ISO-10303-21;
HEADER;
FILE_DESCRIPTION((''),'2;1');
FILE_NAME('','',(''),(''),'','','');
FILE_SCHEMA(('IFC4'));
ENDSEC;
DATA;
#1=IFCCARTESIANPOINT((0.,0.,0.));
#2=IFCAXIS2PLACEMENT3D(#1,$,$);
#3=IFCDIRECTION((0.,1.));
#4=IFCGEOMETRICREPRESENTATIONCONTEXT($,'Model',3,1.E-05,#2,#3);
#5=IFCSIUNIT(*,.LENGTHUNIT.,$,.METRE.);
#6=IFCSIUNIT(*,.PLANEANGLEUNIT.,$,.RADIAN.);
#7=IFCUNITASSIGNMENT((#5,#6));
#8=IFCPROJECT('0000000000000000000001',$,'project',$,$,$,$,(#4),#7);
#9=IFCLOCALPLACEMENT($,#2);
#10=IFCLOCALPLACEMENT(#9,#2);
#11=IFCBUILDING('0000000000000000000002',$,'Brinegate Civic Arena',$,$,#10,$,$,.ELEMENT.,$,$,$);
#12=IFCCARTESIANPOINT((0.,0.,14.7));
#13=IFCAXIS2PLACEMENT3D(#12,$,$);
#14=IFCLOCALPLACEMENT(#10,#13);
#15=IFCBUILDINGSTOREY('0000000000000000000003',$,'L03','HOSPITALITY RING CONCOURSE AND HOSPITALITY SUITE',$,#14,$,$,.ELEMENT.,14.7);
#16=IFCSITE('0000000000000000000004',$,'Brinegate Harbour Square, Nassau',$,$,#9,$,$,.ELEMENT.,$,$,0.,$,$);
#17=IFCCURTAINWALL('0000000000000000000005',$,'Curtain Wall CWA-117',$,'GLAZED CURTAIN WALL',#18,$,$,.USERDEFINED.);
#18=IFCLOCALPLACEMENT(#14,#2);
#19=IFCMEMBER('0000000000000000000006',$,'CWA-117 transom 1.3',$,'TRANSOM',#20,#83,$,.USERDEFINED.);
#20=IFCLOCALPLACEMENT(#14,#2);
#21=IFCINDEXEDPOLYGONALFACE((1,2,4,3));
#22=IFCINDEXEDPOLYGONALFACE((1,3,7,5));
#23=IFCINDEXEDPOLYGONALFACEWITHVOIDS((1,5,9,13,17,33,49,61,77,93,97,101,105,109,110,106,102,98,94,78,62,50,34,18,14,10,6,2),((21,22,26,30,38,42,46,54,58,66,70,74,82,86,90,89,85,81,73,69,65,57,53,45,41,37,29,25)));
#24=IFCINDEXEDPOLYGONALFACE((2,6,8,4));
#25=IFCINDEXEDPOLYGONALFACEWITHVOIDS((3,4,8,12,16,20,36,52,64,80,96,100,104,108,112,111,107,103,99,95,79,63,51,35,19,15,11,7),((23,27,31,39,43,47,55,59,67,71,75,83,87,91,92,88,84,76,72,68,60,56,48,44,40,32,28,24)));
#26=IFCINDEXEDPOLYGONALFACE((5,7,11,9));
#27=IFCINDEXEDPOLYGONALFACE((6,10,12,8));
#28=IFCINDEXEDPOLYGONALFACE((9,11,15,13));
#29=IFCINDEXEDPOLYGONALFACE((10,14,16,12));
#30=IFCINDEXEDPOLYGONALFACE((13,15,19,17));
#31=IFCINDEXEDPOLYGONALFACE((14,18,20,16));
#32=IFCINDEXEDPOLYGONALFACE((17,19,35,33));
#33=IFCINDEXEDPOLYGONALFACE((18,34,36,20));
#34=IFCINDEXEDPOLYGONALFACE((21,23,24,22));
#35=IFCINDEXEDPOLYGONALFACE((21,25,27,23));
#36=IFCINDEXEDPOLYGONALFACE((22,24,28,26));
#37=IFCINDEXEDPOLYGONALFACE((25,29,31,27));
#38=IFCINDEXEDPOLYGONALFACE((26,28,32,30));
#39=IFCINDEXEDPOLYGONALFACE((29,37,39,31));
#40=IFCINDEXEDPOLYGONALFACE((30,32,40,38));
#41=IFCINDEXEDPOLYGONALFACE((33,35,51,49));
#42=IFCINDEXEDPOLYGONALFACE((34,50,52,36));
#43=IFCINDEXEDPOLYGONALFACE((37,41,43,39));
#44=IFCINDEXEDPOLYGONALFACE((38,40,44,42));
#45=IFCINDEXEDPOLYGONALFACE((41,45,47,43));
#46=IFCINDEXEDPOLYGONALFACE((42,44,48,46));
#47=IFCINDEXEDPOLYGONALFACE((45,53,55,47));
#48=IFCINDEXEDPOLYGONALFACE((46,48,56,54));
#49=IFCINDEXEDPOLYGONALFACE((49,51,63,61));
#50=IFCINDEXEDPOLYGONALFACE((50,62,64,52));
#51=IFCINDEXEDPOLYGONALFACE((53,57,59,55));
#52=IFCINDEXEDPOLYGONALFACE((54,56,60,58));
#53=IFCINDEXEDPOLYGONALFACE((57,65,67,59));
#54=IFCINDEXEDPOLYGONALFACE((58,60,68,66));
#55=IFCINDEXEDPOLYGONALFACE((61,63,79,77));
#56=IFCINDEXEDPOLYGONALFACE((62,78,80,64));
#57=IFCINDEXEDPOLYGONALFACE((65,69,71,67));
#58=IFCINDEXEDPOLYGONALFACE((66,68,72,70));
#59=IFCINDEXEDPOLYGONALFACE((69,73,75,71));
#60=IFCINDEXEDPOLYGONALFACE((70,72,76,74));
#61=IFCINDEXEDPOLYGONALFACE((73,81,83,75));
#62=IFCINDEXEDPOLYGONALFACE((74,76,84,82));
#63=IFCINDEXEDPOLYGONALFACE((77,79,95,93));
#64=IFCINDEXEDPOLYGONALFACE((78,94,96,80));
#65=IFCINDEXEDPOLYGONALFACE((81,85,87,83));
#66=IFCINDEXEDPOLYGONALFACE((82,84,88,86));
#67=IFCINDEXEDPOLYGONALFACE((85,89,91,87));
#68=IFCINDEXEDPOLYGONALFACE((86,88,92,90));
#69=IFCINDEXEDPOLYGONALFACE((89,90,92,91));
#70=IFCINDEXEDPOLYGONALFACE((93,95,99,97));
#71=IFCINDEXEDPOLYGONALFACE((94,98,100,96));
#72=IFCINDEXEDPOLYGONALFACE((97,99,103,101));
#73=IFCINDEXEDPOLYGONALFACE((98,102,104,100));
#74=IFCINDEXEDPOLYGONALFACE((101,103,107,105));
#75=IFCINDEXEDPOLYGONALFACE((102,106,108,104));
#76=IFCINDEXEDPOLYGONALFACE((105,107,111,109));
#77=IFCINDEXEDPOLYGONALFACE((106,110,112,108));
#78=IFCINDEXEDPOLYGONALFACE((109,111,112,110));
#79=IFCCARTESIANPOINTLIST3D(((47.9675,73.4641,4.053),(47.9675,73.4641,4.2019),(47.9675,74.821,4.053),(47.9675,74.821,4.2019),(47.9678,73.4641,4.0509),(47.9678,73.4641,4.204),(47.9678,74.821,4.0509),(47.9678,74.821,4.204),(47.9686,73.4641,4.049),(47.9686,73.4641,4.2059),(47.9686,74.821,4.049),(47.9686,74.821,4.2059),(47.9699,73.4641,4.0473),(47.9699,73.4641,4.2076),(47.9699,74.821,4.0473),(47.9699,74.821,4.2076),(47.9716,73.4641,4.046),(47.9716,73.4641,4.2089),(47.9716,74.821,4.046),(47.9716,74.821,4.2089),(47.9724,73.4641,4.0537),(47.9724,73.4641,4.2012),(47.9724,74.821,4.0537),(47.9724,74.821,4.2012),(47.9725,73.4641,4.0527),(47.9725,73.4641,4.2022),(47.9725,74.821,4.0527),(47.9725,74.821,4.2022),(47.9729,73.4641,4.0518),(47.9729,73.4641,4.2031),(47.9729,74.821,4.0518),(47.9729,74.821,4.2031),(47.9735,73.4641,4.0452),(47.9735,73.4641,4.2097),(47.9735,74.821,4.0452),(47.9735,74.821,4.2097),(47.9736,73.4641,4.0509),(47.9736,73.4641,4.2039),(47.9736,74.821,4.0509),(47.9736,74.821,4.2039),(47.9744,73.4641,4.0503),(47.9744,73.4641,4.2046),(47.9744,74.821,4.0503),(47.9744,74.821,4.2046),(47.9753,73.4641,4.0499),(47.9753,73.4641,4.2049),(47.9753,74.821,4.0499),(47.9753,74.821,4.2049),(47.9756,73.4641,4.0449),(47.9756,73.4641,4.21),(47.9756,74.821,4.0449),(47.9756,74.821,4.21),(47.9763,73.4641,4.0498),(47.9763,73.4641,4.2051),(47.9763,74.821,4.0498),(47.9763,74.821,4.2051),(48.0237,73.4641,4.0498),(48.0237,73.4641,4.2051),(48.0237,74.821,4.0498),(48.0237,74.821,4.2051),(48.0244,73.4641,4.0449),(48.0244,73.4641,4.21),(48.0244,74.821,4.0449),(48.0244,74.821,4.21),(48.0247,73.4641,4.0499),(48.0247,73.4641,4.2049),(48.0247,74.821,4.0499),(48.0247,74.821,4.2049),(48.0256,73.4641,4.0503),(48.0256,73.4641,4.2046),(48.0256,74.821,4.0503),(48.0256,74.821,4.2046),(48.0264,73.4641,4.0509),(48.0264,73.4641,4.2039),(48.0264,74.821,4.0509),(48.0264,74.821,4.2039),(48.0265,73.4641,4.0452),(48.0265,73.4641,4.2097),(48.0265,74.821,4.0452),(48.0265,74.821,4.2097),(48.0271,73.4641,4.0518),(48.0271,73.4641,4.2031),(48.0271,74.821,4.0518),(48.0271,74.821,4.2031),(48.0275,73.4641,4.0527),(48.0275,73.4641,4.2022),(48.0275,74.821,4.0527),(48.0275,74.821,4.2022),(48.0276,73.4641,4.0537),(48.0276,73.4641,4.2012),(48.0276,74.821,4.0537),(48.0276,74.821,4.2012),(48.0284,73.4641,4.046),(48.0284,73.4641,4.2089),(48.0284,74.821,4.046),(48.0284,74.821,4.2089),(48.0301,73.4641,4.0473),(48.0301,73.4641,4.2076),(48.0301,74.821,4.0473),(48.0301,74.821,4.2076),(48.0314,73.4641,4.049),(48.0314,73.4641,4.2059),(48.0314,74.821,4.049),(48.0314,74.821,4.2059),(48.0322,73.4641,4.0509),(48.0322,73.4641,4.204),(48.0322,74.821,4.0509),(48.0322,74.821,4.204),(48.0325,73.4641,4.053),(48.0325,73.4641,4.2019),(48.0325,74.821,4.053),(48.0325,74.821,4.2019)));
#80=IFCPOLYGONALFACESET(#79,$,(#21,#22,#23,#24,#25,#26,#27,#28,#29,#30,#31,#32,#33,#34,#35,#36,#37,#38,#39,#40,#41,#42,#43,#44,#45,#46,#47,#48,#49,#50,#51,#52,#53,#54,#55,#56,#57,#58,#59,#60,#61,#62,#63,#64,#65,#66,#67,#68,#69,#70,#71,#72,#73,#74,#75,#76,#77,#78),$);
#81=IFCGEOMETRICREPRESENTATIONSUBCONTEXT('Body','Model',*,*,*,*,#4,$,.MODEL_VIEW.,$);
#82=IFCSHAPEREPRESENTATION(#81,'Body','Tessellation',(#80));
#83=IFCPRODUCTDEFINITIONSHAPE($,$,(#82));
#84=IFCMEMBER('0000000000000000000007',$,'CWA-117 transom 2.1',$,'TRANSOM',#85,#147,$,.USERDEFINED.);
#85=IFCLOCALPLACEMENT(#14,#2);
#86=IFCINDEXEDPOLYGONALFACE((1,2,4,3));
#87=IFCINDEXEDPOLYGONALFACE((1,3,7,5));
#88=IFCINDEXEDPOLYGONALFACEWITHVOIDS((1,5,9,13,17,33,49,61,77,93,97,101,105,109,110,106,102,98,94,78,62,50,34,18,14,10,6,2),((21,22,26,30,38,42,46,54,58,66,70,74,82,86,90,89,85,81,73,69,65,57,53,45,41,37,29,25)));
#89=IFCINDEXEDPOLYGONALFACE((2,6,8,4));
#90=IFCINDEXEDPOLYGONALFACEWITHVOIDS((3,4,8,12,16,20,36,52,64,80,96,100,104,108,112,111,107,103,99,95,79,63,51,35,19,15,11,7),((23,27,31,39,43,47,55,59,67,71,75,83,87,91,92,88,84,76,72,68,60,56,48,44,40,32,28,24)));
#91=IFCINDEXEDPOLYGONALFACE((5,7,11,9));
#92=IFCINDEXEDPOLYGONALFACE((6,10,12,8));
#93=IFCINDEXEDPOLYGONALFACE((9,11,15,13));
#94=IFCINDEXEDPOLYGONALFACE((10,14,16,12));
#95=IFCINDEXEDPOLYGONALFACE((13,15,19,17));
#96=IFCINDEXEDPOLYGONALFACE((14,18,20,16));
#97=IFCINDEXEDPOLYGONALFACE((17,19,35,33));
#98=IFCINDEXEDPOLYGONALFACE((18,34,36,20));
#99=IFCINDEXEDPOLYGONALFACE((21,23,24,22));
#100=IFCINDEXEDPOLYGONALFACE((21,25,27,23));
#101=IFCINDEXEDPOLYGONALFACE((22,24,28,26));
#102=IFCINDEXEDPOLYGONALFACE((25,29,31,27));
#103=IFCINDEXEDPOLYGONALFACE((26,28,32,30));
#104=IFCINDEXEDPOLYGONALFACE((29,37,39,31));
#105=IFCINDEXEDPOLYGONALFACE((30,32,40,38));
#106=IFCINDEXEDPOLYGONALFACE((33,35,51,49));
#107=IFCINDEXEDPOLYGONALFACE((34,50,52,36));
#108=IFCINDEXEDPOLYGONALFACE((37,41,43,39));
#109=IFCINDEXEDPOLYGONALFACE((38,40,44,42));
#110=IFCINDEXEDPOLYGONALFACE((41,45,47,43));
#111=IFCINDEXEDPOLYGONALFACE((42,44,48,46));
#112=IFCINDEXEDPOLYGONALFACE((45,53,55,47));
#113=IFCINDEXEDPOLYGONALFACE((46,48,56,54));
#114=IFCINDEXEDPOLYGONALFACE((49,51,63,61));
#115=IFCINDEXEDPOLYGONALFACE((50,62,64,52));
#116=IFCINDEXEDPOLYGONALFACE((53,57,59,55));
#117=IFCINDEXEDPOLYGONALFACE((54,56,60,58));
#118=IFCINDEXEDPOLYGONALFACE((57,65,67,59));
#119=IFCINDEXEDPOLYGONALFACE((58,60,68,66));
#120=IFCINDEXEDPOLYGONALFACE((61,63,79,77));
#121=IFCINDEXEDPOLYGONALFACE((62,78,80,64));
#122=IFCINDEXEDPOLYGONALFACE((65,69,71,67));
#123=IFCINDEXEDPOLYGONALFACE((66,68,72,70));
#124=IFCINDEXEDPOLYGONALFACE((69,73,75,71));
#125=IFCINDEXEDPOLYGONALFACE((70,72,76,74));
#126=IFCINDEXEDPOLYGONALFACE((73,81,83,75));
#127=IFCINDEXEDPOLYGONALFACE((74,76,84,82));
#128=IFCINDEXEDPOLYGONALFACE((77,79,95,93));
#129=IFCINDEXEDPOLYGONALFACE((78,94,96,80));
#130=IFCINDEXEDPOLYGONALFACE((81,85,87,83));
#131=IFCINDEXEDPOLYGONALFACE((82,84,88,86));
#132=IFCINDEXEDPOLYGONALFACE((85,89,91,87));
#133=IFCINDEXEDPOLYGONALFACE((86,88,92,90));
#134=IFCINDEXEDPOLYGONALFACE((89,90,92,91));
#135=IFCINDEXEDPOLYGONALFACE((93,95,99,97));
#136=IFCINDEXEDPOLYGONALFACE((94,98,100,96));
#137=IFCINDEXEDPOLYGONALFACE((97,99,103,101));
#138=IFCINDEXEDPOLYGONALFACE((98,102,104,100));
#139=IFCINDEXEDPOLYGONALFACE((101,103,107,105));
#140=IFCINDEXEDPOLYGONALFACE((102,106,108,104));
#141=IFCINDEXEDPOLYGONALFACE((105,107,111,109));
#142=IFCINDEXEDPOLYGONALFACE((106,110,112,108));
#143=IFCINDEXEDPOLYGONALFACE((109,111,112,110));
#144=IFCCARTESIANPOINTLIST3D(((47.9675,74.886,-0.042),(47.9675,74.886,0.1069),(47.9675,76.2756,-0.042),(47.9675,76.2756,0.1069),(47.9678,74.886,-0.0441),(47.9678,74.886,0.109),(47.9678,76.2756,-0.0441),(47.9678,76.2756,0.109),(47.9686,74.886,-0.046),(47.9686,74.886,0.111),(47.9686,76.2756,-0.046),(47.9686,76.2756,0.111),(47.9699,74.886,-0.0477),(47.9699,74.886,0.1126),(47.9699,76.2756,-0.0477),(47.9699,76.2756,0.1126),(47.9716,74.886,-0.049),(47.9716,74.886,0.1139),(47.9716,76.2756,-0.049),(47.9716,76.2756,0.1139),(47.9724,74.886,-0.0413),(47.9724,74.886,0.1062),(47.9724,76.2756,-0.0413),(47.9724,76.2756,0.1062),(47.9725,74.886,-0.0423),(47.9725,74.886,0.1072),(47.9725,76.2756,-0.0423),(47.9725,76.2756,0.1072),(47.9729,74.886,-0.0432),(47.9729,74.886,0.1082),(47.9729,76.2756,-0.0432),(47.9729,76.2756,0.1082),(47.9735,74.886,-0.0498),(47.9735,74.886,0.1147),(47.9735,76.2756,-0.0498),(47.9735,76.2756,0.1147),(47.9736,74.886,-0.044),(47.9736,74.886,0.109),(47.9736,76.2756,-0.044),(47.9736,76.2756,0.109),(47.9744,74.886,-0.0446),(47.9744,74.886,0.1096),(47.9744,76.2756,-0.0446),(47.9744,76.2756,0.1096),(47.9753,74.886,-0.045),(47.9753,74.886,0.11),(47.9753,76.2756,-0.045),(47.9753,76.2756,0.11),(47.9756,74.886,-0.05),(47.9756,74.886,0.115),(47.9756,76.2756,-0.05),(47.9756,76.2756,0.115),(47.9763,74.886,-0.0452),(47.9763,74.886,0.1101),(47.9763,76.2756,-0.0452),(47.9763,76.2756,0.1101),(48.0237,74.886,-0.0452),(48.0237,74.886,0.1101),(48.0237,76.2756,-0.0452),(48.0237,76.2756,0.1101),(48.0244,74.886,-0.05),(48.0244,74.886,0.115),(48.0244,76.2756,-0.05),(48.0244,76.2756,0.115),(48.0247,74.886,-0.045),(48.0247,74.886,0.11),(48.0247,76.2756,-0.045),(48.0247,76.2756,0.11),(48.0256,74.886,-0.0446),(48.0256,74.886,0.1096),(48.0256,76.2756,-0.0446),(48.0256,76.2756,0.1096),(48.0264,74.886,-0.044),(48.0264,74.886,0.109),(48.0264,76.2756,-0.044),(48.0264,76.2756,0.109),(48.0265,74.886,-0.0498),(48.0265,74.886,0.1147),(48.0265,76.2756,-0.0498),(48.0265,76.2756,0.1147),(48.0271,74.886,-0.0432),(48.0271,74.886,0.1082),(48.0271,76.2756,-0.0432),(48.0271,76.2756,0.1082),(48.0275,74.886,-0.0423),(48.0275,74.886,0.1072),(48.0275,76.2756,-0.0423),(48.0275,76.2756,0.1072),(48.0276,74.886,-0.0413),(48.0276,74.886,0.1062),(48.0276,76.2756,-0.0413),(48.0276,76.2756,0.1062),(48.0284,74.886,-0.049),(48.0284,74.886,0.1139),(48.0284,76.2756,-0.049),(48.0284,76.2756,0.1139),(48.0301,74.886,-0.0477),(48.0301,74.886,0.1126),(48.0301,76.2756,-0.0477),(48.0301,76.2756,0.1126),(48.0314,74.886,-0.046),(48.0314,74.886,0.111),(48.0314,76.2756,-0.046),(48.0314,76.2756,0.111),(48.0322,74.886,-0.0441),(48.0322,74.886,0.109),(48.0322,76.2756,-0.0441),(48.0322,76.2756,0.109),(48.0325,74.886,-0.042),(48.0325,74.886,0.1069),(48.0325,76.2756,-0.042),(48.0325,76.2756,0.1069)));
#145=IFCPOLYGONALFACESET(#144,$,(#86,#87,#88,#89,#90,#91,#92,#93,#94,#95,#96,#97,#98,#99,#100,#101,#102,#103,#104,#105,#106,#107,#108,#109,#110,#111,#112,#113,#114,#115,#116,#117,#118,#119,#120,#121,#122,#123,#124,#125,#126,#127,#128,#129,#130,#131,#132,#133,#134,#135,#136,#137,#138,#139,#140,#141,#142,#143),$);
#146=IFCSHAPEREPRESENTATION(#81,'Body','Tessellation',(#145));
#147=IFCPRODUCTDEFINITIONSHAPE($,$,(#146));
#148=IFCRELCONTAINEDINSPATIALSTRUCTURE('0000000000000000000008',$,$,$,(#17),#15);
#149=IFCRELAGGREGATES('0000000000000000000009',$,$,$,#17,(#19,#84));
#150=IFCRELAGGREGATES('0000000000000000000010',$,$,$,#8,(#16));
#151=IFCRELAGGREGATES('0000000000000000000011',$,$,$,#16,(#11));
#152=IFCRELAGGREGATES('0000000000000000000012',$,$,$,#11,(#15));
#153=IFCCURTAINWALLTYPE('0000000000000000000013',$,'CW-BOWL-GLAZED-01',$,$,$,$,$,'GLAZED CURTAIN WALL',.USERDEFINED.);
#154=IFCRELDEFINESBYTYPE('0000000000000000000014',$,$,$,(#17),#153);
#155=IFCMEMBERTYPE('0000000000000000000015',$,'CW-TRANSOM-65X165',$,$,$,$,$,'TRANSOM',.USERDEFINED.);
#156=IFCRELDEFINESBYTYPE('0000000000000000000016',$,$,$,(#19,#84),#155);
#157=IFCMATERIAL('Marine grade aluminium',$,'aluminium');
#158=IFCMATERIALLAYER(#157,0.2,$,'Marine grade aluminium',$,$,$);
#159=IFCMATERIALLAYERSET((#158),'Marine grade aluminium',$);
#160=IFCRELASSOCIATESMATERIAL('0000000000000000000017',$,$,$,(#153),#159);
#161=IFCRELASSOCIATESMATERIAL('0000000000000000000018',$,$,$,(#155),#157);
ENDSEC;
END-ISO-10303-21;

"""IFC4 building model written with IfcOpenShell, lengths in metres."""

from ifc_helpers import new_model, si_unit, direction, frame, origin, origin_2d, place, context, subcontext, project, spatial, hollow_rectangle, extrude, material, layer, layer_set, material_profile, profile_set, type_object, element, aggregate, save


model = new_model("IFC4")

# Units and contexts
model_context = context("Model", 3, precision=1e-05, world=origin(), true_north=direction((0.0, 1.0)))
body_context = subcontext(model_context, "Body", "Model", "MODEL_VIEW")
ifc_project = project(units=[si_unit("LENGTHUNIT", "METRE"), si_unit("PLANEANGLEUNIT", "RADIAN")], contexts=[model_context])

# Site, building, storey
site_placement = place(None, origin())
site = spatial("IfcSite", under=ifc_project, at=site_placement, Name="Brinegate Harbour Square, Nassau", CompositionType="ELEMENT", RefElevation=0.0)
building_placement = place(site_placement, origin())
building = spatial("IfcBuilding", under=site, at=building_placement, Name="Brinegate Civic Arena", CompositionType="ELEMENT")
storey_placement = place(building_placement, frame((0.0, 0.0, 14.7)))
storey = spatial("IfcBuildingStorey", under=building, at=storey_placement, Name="L03", Description="HOSPITALITY RING CONCOURSE AND HOSPITALITY SUITE", CompositionType="ELEMENT", Elevation=14.7)

# Curtain wall
ifc_material_1 = material(Name="Marine grade aluminium", Category="aluminium")
ifc_layer_1 = layer(ifc_material_1, 0.2, Name="Marine grade aluminium")
ifc_layer_set_1 = layer_set([ifc_layer_1], Name="Marine grade aluminium")
curtain_wall_type = type_object("IfcCurtainWallType", Name="CW-BOWL-GLAZED-01", ElementType="GLAZED CURTAIN WALL", PredefinedType="USERDEFINED", material=ifc_layer_set_1)
curtain_wall_1_placement = place(storey_placement, origin())
curtain_wall_1 = element("IfcCurtainWall", 1, at=curtain_wall_1_placement, inside=storey, type_object=curtain_wall_type, Name="Curtain Wall CWA-117", ObjectType="GLAZED CURTAIN WALL", PredefinedType="USERDEFINED")

# Members
ifc_material_profile_1 = material_profile(ifc_material_1, hollow_rectangle(XDim=0.0649, YDim=0.165, WallThickness=0.0049, InnerFilletRadius=0.0039, OuterFilletRadius=0.0081, at=origin_2d()), Name="TRN65X165")
ifc_profile_set_1 = profile_set([ifc_material_profile_1], Name="Marine grade aluminium")
member_type_1 = type_object("IfcMemberType", Name="CW-TRANSOM-65X165", ElementType="TRANSOM", PredefinedType="USERDEFINED", material=ifc_profile_set_1)
member_1_placement = place(storey_placement, frame((48.0, 73.4641, 4.1274), z_axis=(0.0, 1.0, 0.0), x_axis=(-1.0, 0.0, 0.0)))
member_1 = element("IfcMember", 2, at=member_1_placement, type_object=member_type_1, Name="CWA-117 transom 1.3", ObjectType="TRANSOM", PredefinedType="USERDEFINED", context=body_context, shape_type="SweptSolid", body=[
    extrude(hollow_rectangle(XDim=0.0649, YDim=0.165, WallThickness=0.0049, InnerFilletRadius=0.0039, OuterFilletRadius=0.0081, at=origin_2d()), origin(), (0.0, 0.0, 1.0), 1.3569),
])
member_2_placement = place(storey_placement, frame((48.0, 74.886, 0.0325), z_axis=(0.0, 1.0, 0.0), x_axis=(-1.0, 0.0, 0.0)))
member_2 = element("IfcMember", 3, at=member_2_placement, type_object=member_type_1, Name="CWA-117 transom 2.1", ObjectType="TRANSOM", PredefinedType="USERDEFINED", context=body_context, shape_type="SweptSolid", body=[
    extrude(hollow_rectangle(XDim=0.0649, YDim=0.165, WallThickness=0.0049, InnerFilletRadius=0.0039, OuterFilletRadius=0.0081, at=origin_2d()), origin(), (0.0, 0.0, 1.0), 1.3896),
])

aggregate(curtain_wall_1, [member_1, member_2])

save(model, "model.ifc")
